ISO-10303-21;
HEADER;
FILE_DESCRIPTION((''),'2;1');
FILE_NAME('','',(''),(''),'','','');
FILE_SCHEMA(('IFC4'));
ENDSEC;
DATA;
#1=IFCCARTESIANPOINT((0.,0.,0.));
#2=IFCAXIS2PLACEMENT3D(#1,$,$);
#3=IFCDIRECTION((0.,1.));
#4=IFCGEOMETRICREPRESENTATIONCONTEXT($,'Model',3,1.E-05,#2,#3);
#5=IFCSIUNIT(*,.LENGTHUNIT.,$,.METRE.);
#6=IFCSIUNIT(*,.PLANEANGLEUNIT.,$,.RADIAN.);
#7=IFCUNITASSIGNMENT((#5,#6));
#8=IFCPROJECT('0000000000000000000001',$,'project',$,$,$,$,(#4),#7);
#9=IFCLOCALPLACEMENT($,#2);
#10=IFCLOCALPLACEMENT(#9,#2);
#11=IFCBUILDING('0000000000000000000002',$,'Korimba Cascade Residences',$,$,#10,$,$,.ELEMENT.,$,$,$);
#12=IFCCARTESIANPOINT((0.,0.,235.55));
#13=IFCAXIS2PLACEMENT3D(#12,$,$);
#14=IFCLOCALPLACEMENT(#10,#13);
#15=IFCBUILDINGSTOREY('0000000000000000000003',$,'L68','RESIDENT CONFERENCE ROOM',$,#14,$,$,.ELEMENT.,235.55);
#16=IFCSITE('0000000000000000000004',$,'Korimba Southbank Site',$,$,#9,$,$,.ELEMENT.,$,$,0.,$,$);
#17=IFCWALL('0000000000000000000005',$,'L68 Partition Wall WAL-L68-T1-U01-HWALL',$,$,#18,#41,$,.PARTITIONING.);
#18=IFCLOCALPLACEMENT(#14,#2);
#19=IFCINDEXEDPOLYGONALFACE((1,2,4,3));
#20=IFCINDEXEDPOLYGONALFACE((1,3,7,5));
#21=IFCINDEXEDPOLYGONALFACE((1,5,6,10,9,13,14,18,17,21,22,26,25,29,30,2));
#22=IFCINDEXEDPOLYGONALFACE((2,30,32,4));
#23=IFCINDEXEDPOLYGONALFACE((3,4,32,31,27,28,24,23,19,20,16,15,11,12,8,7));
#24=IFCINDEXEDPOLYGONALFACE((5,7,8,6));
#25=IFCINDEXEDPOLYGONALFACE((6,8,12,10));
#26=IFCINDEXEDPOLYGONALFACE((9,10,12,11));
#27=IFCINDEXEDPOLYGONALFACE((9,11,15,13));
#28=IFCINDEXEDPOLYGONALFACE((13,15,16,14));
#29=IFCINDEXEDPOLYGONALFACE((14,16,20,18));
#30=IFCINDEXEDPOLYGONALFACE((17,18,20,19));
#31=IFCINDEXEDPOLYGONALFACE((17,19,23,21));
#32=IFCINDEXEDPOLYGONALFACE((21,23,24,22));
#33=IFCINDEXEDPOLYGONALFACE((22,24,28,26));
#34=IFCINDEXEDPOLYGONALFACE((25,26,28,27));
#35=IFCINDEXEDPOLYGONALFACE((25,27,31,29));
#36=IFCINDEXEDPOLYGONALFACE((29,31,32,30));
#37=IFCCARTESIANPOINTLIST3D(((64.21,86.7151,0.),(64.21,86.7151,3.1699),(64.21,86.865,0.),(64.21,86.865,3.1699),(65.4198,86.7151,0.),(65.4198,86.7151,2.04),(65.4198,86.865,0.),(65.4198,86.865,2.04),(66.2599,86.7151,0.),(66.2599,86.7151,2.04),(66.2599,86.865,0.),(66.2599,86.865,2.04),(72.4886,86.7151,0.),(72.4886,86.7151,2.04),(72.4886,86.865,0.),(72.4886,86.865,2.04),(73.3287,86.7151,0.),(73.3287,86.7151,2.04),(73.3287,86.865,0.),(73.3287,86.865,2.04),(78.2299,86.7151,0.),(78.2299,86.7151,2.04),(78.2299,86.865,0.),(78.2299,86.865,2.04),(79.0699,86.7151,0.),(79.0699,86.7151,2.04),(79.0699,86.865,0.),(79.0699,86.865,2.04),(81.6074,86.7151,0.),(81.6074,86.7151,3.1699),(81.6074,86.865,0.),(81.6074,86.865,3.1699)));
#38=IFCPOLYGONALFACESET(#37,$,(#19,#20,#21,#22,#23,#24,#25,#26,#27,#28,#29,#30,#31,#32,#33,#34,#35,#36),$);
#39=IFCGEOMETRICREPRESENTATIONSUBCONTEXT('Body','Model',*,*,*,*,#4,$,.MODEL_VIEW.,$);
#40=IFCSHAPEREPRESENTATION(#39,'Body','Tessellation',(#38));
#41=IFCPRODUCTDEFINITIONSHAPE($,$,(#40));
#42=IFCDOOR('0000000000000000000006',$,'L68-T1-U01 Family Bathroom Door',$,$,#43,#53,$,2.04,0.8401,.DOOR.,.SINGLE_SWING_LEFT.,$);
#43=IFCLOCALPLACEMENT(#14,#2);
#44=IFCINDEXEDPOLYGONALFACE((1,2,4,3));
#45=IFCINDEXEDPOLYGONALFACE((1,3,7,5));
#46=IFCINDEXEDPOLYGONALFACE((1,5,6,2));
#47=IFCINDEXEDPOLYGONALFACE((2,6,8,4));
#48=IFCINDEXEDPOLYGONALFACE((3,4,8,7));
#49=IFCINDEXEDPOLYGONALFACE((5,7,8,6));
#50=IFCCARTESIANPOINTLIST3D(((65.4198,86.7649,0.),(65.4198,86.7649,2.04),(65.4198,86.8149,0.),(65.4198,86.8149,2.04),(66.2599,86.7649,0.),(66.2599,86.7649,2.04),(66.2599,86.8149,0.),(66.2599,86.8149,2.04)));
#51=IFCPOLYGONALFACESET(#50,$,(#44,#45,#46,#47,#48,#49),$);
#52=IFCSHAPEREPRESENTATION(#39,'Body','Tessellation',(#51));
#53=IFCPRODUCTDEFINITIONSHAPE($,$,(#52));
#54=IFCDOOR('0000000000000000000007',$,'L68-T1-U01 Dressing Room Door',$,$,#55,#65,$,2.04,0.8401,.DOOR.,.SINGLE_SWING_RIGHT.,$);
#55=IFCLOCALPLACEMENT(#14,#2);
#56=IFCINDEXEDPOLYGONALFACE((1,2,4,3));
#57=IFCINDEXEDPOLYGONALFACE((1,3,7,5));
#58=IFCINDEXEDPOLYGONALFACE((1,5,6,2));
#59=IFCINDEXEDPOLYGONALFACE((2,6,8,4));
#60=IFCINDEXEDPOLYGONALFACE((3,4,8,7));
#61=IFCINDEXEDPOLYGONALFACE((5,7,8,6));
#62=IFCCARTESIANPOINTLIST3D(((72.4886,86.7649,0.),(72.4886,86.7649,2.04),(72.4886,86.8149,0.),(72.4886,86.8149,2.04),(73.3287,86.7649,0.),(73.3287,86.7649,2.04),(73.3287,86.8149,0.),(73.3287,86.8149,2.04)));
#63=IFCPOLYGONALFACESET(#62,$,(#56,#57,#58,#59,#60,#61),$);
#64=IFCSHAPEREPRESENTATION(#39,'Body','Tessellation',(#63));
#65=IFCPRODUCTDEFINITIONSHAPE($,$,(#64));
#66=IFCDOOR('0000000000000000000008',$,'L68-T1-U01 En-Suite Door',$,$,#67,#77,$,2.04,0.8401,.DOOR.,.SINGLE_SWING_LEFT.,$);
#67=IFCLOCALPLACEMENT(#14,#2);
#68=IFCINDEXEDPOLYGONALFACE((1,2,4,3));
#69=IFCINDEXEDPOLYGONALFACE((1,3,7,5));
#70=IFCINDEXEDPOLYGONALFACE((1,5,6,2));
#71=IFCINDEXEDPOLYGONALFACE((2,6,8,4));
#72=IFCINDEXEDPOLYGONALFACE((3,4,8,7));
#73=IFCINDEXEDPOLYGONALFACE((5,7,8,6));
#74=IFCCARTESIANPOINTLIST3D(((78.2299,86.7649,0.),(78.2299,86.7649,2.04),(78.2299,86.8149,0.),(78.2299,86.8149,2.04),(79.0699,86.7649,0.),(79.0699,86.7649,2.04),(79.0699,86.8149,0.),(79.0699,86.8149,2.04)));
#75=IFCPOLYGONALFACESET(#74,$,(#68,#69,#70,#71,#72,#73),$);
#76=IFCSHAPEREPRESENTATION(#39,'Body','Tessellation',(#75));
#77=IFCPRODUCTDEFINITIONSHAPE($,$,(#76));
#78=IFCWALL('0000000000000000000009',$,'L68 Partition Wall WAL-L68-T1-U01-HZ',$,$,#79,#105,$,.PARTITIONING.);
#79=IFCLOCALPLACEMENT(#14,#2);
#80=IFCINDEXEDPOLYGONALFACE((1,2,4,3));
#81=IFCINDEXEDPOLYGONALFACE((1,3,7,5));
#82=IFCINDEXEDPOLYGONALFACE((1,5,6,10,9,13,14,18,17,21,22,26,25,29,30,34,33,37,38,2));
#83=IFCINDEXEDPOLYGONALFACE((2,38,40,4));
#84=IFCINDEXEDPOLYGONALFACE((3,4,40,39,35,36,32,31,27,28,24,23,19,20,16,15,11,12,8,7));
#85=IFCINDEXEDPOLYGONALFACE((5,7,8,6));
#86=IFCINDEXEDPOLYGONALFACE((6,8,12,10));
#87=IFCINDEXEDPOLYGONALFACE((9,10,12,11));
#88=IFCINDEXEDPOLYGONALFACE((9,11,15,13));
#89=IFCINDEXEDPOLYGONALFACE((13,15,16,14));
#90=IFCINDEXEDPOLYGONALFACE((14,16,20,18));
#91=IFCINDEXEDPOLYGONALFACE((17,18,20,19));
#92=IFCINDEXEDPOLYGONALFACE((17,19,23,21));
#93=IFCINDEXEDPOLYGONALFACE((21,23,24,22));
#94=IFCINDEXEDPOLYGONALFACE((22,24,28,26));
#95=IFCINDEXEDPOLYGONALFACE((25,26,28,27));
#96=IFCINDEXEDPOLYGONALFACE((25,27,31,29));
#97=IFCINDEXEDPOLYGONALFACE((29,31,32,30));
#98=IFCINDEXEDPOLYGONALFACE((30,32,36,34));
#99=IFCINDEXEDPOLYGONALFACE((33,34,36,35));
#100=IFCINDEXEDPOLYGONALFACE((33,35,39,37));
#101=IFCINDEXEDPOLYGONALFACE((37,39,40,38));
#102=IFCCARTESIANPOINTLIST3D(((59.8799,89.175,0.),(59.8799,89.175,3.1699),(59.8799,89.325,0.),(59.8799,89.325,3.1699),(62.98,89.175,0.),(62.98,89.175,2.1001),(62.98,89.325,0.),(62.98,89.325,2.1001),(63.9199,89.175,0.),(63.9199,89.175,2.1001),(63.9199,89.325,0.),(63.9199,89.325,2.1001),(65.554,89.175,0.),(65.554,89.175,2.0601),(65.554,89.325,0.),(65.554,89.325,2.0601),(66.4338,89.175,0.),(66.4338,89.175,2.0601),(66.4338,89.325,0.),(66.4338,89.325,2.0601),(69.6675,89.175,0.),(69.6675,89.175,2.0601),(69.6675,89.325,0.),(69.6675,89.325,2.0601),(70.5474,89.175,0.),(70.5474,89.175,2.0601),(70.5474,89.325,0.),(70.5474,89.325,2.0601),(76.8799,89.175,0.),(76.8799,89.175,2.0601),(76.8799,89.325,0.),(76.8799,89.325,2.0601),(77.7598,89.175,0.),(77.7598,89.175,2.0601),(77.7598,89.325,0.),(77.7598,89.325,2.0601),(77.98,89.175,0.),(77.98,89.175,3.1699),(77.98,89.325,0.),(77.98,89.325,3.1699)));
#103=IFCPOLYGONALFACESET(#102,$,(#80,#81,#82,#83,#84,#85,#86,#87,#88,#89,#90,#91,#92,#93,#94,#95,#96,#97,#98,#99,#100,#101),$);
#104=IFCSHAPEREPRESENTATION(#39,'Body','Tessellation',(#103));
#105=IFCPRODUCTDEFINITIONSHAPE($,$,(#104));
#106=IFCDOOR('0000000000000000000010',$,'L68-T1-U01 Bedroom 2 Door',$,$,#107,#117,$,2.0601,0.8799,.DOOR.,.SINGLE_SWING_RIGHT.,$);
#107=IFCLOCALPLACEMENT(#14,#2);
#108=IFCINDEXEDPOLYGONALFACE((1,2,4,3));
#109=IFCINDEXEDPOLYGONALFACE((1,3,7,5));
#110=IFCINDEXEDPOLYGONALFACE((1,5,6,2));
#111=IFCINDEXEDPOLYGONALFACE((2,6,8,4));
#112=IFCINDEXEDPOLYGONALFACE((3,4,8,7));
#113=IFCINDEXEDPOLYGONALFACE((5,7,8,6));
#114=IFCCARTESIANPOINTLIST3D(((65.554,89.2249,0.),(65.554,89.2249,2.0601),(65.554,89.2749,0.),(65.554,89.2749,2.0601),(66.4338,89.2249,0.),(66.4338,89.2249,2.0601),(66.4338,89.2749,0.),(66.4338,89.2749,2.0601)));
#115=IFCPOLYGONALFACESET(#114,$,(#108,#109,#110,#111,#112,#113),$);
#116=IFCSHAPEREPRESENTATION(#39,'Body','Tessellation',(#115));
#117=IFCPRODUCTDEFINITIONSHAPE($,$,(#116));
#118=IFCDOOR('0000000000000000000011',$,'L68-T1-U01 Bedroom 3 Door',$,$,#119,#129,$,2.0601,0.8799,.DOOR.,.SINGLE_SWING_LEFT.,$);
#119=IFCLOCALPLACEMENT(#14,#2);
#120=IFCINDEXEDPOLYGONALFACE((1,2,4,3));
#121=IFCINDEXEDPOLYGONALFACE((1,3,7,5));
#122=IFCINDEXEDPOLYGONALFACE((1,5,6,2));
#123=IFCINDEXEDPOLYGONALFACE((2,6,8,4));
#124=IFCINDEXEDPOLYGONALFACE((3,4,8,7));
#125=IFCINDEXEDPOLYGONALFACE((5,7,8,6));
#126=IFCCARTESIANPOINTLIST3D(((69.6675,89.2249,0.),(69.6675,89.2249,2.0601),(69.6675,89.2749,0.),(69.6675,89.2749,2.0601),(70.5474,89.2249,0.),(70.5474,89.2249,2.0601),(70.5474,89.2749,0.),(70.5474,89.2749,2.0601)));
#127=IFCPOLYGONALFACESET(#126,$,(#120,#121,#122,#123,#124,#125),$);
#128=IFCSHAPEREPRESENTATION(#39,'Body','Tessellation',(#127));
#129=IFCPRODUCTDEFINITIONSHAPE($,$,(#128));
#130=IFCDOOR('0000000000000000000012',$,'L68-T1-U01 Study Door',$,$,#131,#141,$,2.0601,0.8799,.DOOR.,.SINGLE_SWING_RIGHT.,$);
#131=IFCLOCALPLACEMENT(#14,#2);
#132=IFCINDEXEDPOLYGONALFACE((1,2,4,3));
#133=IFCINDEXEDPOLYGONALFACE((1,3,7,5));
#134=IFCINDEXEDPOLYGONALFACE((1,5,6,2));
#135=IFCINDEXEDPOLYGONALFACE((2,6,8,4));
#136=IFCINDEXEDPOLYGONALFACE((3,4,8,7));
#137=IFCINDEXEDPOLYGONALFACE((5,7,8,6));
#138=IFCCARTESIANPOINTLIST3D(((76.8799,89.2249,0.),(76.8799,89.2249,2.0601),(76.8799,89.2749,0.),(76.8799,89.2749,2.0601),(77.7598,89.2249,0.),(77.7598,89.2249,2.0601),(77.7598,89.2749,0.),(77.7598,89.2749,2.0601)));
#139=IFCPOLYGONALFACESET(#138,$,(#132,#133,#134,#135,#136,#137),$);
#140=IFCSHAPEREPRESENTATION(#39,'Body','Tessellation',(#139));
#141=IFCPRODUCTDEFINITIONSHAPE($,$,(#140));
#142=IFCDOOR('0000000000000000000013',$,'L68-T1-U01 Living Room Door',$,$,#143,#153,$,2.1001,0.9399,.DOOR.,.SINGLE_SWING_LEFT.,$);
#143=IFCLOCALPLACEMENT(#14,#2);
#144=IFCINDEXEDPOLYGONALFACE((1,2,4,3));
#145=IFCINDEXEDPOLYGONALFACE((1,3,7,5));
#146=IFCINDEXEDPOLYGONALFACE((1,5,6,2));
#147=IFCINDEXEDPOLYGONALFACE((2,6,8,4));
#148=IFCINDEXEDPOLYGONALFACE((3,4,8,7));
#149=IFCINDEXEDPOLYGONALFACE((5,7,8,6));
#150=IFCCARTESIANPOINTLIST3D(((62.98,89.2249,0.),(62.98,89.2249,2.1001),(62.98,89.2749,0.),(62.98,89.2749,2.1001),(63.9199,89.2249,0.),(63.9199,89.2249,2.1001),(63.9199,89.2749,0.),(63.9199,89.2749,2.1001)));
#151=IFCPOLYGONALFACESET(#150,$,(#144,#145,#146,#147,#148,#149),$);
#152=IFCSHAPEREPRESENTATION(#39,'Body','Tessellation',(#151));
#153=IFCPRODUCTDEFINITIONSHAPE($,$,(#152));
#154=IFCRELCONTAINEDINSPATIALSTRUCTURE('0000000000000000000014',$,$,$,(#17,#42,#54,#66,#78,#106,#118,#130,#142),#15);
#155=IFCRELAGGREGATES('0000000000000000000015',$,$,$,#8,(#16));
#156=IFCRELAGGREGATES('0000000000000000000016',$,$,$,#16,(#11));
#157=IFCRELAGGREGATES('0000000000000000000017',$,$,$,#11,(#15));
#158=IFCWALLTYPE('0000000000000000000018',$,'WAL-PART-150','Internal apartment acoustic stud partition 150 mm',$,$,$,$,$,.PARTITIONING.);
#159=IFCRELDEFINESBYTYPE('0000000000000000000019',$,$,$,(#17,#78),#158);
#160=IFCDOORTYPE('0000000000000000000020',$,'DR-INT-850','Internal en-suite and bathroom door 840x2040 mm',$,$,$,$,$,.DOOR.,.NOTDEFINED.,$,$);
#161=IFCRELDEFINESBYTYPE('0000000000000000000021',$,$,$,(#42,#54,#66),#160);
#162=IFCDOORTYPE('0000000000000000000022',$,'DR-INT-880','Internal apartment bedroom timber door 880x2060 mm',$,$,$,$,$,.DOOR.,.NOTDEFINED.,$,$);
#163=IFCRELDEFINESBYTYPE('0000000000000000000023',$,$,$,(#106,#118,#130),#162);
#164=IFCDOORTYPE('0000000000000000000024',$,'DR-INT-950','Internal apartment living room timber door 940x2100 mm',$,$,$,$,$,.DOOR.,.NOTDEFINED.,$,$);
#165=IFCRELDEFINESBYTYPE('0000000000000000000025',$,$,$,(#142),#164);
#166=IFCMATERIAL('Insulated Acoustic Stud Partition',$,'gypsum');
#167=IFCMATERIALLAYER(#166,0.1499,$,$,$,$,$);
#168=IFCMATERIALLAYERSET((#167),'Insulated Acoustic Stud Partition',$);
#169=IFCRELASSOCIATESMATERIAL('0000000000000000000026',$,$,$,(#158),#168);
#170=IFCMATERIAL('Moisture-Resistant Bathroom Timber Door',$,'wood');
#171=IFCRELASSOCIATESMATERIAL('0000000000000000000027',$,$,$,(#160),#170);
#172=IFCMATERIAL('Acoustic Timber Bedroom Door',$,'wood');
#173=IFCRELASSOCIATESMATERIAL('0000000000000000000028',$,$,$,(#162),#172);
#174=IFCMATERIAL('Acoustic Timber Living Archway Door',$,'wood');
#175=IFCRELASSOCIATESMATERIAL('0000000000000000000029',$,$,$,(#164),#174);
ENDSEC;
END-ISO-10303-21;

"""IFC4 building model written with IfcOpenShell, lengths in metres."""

from ifc_helpers import new_model, si_unit, direction, frame, frame_2d, origin, place, context, subcontext, project, spatial, rectangle, extrude, material, layer, layer_set, type_object, element, fill, save


model = new_model("IFC4")

# Units and contexts
model_context = context("Model", 3, precision=1e-05, world=origin(), true_north=direction((0.0, 1.0)))
body_context = subcontext(model_context, "Body", "Model", "MODEL_VIEW")
ifc_project = project(units=[si_unit("LENGTHUNIT", "METRE"), si_unit("PLANEANGLEUNIT", "RADIAN")], contexts=[model_context])

# Site, building, storey
site_placement = place(None, origin())
site = spatial("IfcSite", under=ifc_project, at=site_placement, Name="Korimba Southbank Site", CompositionType="ELEMENT", RefElevation=0.0)
building_placement = place(site_placement, origin())
building = spatial("IfcBuilding", under=site, at=building_placement, Name="Korimba Cascade Residences", CompositionType="ELEMENT")
storey_placement = place(building_placement, frame((0.0, 0.0, 235.55)))
storey = spatial("IfcBuildingStorey", under=building, at=storey_placement, Name="L68", Description="RESIDENT CONFERENCE ROOM", CompositionType="ELEMENT", Elevation=235.55)

# Shared definitions
ifc_material_1 = material(Name="Insulated Acoustic Stud Partition", Category="gypsum")
ifc_layer_1 = layer(ifc_material_1, 0.1499)
ifc_layer_set_1 = layer_set([ifc_layer_1], Name="Insulated Acoustic Stud Partition")
wall_type_1 = type_object("IfcWallType", Name="WAL-PART-150", Description="Internal apartment acoustic stud partition 150 mm", PredefinedType="PARTITIONING", material=ifc_layer_set_1)

# Walls, openings, doors
wall_1_placement = place(storey_placement, frame((64.21, 86.79, 0.0), z_axis=(0.0, 0.0, 1.0), x_axis=(1.0, 0.0, 0.0)))
wall_1 = element("IfcWall", 1, at=wall_1_placement, inside=storey, type_object=wall_type_1, Name="L68 Partition Wall WAL-L68-T1-U01-HWALL", PredefinedType="PARTITIONING", context=body_context, shape_type="SweptSolid", body=[
    extrude(rectangle(XDim=17.3975, YDim=0.1499, at=frame_2d((8.6987, 0.0))), origin(), (0.0, 0.0, 1.0), 3.1699),
])
opening_1_placement = place(wall_1_placement, frame((1.21, 0.0, 0.0)))
opening_1 = element("IfcOpeningElement", 2, at=opening_1_placement, cuts=wall_1, PredefinedType="OPENING", context=body_context, shape_type="SweptSolid", body=[
    extrude(rectangle(XDim=0.8401, YDim=2.04, at=frame_2d((0.4199, 1.02))), frame((0.0, 0.085, 0.0), z_axis=(0.0, -1.0, 0.0), x_axis=(1.0, 0.0, 0.0)), (0.0, 0.0, 1.0), 0.1699),
])
opening_2_placement = place(wall_1_placement, frame((8.2788, 0.0, 0.0)))
opening_2 = element("IfcOpeningElement", 3, at=opening_2_placement, cuts=wall_1, PredefinedType="OPENING", context=body_context, shape_type="SweptSolid", body=[
    extrude(rectangle(XDim=0.8401, YDim=2.04, at=frame_2d((0.4199, 1.02))), frame((0.0, 0.085, 0.0), z_axis=(0.0, -1.0, 0.0), x_axis=(1.0, 0.0, 0.0)), (0.0, 0.0, 1.0), 0.1699),
])
opening_3_placement = place(wall_1_placement, frame((14.02, 0.0, 0.0)))
opening_3 = element("IfcOpeningElement", 4, at=opening_3_placement, cuts=wall_1, PredefinedType="OPENING", context=body_context, shape_type="SweptSolid", body=[
    extrude(rectangle(XDim=0.8401, YDim=2.04, at=frame_2d((0.4199, 1.02))), frame((0.0, 0.085, 0.0), z_axis=(0.0, -1.0, 0.0), x_axis=(1.0, 0.0, 0.0)), (0.0, 0.0, 1.0), 0.1699),
])
ifc_material_2 = material(Name="Moisture-Resistant Bathroom Timber Door", Category="wood")
door_type_1 = type_object("IfcDoorType", Name="DR-INT-850", Description="Internal en-suite and bathroom door 840x2040 mm", OperationType="NOTDEFINED", PredefinedType="DOOR", material=ifc_material_2)
door_1_placement = place(opening_1_placement, origin())
door_1 = element("IfcDoor", 5, at=door_1_placement, inside=storey, type_object=door_type_1, Name="L68-T1-U01 Family Bathroom Door", OperationType="SINGLE_SWING_LEFT", OverallHeight=2.04, OverallWidth=0.8401, PredefinedType="DOOR", context=body_context, shape_type="SweptSolid", body=[
    extrude(rectangle(XDim=0.8401, YDim=2.04, at=frame_2d((0.4199, 1.02))), frame((0.0, 0.0249, 0.0), z_axis=(0.0, -1.0, 0.0), x_axis=(1.0, 0.0, 0.0)), (0.0, 0.0, 1.0), 0.05),
])
fill(opening_1, door_1)
door_2_placement = place(opening_2_placement, origin())
door_2 = element("IfcDoor", 6, at=door_2_placement, inside=storey, type_object=door_type_1, Name="L68-T1-U01 Dressing Room Door", OperationType="SINGLE_SWING_RIGHT", OverallHeight=2.04, OverallWidth=0.8401, PredefinedType="DOOR", context=body_context, shape_type="SweptSolid", body=[
    extrude(rectangle(XDim=0.8401, YDim=2.04, at=frame_2d((0.4199, 1.02))), frame((0.0, 0.0249, 0.0), z_axis=(0.0, -1.0, 0.0), x_axis=(1.0, 0.0, 0.0)), (0.0, 0.0, 1.0), 0.05),
])
fill(opening_2, door_2)
door_3_placement = place(opening_3_placement, origin())
door_3 = element("IfcDoor", 7, at=door_3_placement, inside=storey, type_object=door_type_1, Name="L68-T1-U01 En-Suite Door", OperationType="SINGLE_SWING_LEFT", OverallHeight=2.04, OverallWidth=0.8401, PredefinedType="DOOR", context=body_context, shape_type="SweptSolid", body=[
    extrude(rectangle(XDim=0.8401, YDim=2.04, at=frame_2d((0.4199, 1.02))), frame((0.0, 0.0249, 0.0), z_axis=(0.0, -1.0, 0.0), x_axis=(1.0, 0.0, 0.0)), (0.0, 0.0, 1.0), 0.05),
])
fill(opening_3, door_3)
wall_2_placement = place(storey_placement, frame((59.8799, 89.25, 0.0), z_axis=(0.0, 0.0, 1.0), x_axis=(1.0, 0.0, 0.0)))
wall_2 = element("IfcWall", 8, at=wall_2_placement, inside=storey, type_object=wall_type_1, Name="L68 Partition Wall WAL-L68-T1-U01-HZ", PredefinedType="PARTITIONING", context=body_context, shape_type="SweptSolid", body=[
    extrude(rectangle(XDim=18.1001, YDim=0.1499, at=frame_2d((9.05, 0.0))), origin(), (0.0, 0.0, 1.0), 3.1699),
])
opening_4_placement = place(wall_2_placement, frame((3.1001, 0.0, 0.0)))
opening_4 = element("IfcOpeningElement", 9, at=opening_4_placement, cuts=wall_2, PredefinedType="OPENING", context=body_context, shape_type="SweptSolid", body=[
    extrude(rectangle(XDim=0.9399, YDim=2.1001, at=frame_2d((0.47, 1.05))), frame((0.0, 0.085, 0.0), z_axis=(0.0, -1.0, 0.0), x_axis=(1.0, 0.0, 0.0)), (0.0, 0.0, 1.0), 0.1699),
])
opening_5_placement = place(wall_2_placement, frame((5.6741, 0.0, 0.0)))
opening_5 = element("IfcOpeningElement", 10, at=opening_5_placement, cuts=wall_2, PredefinedType="OPENING", context=body_context, shape_type="SweptSolid", body=[
    extrude(rectangle(XDim=0.8799, YDim=2.0601, at=frame_2d((0.4399, 1.03))), frame((0.0, 0.085, 0.0), z_axis=(0.0, -1.0, 0.0), x_axis=(1.0, 0.0, 0.0)), (0.0, 0.0, 1.0), 0.1699),
])
opening_6_placement = place(wall_2_placement, frame((9.7876, 0.0, 0.0)))
opening_6 = element("IfcOpeningElement", 11, at=opening_6_placement, cuts=wall_2, PredefinedType="OPENING", context=body_context, shape_type="SweptSolid", body=[
    extrude(rectangle(XDim=0.8799, YDim=2.0601, at=frame_2d((0.4399, 1.03))), frame((0.0, 0.085, 0.0), z_axis=(0.0, -1.0, 0.0), x_axis=(1.0, 0.0, 0.0)), (0.0, 0.0, 1.0), 0.1699),
])
opening_7_placement = place(wall_2_placement, frame((17.0, 0.0, 0.0)))
opening_7 = element("IfcOpeningElement", 12, at=opening_7_placement, cuts=wall_2, PredefinedType="OPENING", context=body_context, shape_type="SweptSolid", body=[
    extrude(rectangle(XDim=0.8799, YDim=2.0601, at=frame_2d((0.4399, 1.03))), frame((0.0, 0.085, 0.0), z_axis=(0.0, -1.0, 0.0), x_axis=(1.0, 0.0, 0.0)), (0.0, 0.0, 1.0), 0.1699),
])
ifc_material_3 = material(Name="Acoustic Timber Bedroom Door", Category="wood")
door_type_2 = type_object("IfcDoorType", Name="DR-INT-880", Description="Internal apartment bedroom timber door 880x2060 mm", OperationType="NOTDEFINED", PredefinedType="DOOR", material=ifc_material_3)
door_4_placement = place(opening_5_placement, origin())
door_4 = element("IfcDoor", 13, at=door_4_placement, inside=storey, type_object=door_type_2, Name="L68-T1-U01 Bedroom 2 Door", OperationType="SINGLE_SWING_RIGHT", OverallHeight=2.0601, OverallWidth=0.8799, PredefinedType="DOOR", context=body_context, shape_type="SweptSolid", body=[
    extrude(rectangle(XDim=0.8799, YDim=2.0601, at=frame_2d((0.4399, 1.03))), frame((0.0, 0.0249, 0.0), z_axis=(0.0, -1.0, 0.0), x_axis=(1.0, 0.0, 0.0)), (0.0, 0.0, 1.0), 0.05),
])
fill(opening_5, door_4)
door_5_placement = place(opening_6_placement, origin())
door_5 = element("IfcDoor", 14, at=door_5_placement, inside=storey, type_object=door_type_2, Name="L68-T1-U01 Bedroom 3 Door", OperationType="SINGLE_SWING_LEFT", OverallHeight=2.0601, OverallWidth=0.8799, PredefinedType="DOOR", context=body_context, shape_type="SweptSolid", body=[
    extrude(rectangle(XDim=0.8799, YDim=2.0601, at=frame_2d((0.4399, 1.03))), frame((0.0, 0.0249, 0.0), z_axis=(0.0, -1.0, 0.0), x_axis=(1.0, 0.0, 0.0)), (0.0, 0.0, 1.0), 0.05),
])
fill(opening_6, door_5)
door_6_placement = place(opening_7_placement, origin())
door_6 = element("IfcDoor", 15, at=door_6_placement, inside=storey, type_object=door_type_2, Name="L68-T1-U01 Study Door", OperationType="SINGLE_SWING_RIGHT", OverallHeight=2.0601, OverallWidth=0.8799, PredefinedType="DOOR", context=body_context, shape_type="SweptSolid", body=[
    extrude(rectangle(XDim=0.8799, YDim=2.0601, at=frame_2d((0.4399, 1.03))), frame((0.0, 0.0249, 0.0), z_axis=(0.0, -1.0, 0.0), x_axis=(1.0, 0.0, 0.0)), (0.0, 0.0, 1.0), 0.05),
])
fill(opening_7, door_6)
ifc_material_4 = material(Name="Acoustic Timber Living Archway Door", Category="wood")
door_type_3 = type_object("IfcDoorType", Name="DR-INT-950", Description="Internal apartment living room timber door 940x2100 mm", OperationType="NOTDEFINED", PredefinedType="DOOR", material=ifc_material_4)
door_7_placement = place(opening_4_placement, origin())
door_7 = element("IfcDoor", 16, at=door_7_placement, inside=storey, type_object=door_type_3, Name="L68-T1-U01 Living Room Door", OperationType="SINGLE_SWING_LEFT", OverallHeight=2.1001, OverallWidth=0.9399, PredefinedType="DOOR", context=body_context, shape_type="SweptSolid", body=[
    extrude(rectangle(XDim=0.9399, YDim=2.1001, at=frame_2d((0.47, 1.05))), frame((0.0, 0.0249, 0.0), z_axis=(0.0, -1.0, 0.0), x_axis=(1.0, 0.0, 0.0)), (0.0, 0.0, 1.0), 0.05),
])
fill(opening_4, door_7)

save(model, "model.ifc")
